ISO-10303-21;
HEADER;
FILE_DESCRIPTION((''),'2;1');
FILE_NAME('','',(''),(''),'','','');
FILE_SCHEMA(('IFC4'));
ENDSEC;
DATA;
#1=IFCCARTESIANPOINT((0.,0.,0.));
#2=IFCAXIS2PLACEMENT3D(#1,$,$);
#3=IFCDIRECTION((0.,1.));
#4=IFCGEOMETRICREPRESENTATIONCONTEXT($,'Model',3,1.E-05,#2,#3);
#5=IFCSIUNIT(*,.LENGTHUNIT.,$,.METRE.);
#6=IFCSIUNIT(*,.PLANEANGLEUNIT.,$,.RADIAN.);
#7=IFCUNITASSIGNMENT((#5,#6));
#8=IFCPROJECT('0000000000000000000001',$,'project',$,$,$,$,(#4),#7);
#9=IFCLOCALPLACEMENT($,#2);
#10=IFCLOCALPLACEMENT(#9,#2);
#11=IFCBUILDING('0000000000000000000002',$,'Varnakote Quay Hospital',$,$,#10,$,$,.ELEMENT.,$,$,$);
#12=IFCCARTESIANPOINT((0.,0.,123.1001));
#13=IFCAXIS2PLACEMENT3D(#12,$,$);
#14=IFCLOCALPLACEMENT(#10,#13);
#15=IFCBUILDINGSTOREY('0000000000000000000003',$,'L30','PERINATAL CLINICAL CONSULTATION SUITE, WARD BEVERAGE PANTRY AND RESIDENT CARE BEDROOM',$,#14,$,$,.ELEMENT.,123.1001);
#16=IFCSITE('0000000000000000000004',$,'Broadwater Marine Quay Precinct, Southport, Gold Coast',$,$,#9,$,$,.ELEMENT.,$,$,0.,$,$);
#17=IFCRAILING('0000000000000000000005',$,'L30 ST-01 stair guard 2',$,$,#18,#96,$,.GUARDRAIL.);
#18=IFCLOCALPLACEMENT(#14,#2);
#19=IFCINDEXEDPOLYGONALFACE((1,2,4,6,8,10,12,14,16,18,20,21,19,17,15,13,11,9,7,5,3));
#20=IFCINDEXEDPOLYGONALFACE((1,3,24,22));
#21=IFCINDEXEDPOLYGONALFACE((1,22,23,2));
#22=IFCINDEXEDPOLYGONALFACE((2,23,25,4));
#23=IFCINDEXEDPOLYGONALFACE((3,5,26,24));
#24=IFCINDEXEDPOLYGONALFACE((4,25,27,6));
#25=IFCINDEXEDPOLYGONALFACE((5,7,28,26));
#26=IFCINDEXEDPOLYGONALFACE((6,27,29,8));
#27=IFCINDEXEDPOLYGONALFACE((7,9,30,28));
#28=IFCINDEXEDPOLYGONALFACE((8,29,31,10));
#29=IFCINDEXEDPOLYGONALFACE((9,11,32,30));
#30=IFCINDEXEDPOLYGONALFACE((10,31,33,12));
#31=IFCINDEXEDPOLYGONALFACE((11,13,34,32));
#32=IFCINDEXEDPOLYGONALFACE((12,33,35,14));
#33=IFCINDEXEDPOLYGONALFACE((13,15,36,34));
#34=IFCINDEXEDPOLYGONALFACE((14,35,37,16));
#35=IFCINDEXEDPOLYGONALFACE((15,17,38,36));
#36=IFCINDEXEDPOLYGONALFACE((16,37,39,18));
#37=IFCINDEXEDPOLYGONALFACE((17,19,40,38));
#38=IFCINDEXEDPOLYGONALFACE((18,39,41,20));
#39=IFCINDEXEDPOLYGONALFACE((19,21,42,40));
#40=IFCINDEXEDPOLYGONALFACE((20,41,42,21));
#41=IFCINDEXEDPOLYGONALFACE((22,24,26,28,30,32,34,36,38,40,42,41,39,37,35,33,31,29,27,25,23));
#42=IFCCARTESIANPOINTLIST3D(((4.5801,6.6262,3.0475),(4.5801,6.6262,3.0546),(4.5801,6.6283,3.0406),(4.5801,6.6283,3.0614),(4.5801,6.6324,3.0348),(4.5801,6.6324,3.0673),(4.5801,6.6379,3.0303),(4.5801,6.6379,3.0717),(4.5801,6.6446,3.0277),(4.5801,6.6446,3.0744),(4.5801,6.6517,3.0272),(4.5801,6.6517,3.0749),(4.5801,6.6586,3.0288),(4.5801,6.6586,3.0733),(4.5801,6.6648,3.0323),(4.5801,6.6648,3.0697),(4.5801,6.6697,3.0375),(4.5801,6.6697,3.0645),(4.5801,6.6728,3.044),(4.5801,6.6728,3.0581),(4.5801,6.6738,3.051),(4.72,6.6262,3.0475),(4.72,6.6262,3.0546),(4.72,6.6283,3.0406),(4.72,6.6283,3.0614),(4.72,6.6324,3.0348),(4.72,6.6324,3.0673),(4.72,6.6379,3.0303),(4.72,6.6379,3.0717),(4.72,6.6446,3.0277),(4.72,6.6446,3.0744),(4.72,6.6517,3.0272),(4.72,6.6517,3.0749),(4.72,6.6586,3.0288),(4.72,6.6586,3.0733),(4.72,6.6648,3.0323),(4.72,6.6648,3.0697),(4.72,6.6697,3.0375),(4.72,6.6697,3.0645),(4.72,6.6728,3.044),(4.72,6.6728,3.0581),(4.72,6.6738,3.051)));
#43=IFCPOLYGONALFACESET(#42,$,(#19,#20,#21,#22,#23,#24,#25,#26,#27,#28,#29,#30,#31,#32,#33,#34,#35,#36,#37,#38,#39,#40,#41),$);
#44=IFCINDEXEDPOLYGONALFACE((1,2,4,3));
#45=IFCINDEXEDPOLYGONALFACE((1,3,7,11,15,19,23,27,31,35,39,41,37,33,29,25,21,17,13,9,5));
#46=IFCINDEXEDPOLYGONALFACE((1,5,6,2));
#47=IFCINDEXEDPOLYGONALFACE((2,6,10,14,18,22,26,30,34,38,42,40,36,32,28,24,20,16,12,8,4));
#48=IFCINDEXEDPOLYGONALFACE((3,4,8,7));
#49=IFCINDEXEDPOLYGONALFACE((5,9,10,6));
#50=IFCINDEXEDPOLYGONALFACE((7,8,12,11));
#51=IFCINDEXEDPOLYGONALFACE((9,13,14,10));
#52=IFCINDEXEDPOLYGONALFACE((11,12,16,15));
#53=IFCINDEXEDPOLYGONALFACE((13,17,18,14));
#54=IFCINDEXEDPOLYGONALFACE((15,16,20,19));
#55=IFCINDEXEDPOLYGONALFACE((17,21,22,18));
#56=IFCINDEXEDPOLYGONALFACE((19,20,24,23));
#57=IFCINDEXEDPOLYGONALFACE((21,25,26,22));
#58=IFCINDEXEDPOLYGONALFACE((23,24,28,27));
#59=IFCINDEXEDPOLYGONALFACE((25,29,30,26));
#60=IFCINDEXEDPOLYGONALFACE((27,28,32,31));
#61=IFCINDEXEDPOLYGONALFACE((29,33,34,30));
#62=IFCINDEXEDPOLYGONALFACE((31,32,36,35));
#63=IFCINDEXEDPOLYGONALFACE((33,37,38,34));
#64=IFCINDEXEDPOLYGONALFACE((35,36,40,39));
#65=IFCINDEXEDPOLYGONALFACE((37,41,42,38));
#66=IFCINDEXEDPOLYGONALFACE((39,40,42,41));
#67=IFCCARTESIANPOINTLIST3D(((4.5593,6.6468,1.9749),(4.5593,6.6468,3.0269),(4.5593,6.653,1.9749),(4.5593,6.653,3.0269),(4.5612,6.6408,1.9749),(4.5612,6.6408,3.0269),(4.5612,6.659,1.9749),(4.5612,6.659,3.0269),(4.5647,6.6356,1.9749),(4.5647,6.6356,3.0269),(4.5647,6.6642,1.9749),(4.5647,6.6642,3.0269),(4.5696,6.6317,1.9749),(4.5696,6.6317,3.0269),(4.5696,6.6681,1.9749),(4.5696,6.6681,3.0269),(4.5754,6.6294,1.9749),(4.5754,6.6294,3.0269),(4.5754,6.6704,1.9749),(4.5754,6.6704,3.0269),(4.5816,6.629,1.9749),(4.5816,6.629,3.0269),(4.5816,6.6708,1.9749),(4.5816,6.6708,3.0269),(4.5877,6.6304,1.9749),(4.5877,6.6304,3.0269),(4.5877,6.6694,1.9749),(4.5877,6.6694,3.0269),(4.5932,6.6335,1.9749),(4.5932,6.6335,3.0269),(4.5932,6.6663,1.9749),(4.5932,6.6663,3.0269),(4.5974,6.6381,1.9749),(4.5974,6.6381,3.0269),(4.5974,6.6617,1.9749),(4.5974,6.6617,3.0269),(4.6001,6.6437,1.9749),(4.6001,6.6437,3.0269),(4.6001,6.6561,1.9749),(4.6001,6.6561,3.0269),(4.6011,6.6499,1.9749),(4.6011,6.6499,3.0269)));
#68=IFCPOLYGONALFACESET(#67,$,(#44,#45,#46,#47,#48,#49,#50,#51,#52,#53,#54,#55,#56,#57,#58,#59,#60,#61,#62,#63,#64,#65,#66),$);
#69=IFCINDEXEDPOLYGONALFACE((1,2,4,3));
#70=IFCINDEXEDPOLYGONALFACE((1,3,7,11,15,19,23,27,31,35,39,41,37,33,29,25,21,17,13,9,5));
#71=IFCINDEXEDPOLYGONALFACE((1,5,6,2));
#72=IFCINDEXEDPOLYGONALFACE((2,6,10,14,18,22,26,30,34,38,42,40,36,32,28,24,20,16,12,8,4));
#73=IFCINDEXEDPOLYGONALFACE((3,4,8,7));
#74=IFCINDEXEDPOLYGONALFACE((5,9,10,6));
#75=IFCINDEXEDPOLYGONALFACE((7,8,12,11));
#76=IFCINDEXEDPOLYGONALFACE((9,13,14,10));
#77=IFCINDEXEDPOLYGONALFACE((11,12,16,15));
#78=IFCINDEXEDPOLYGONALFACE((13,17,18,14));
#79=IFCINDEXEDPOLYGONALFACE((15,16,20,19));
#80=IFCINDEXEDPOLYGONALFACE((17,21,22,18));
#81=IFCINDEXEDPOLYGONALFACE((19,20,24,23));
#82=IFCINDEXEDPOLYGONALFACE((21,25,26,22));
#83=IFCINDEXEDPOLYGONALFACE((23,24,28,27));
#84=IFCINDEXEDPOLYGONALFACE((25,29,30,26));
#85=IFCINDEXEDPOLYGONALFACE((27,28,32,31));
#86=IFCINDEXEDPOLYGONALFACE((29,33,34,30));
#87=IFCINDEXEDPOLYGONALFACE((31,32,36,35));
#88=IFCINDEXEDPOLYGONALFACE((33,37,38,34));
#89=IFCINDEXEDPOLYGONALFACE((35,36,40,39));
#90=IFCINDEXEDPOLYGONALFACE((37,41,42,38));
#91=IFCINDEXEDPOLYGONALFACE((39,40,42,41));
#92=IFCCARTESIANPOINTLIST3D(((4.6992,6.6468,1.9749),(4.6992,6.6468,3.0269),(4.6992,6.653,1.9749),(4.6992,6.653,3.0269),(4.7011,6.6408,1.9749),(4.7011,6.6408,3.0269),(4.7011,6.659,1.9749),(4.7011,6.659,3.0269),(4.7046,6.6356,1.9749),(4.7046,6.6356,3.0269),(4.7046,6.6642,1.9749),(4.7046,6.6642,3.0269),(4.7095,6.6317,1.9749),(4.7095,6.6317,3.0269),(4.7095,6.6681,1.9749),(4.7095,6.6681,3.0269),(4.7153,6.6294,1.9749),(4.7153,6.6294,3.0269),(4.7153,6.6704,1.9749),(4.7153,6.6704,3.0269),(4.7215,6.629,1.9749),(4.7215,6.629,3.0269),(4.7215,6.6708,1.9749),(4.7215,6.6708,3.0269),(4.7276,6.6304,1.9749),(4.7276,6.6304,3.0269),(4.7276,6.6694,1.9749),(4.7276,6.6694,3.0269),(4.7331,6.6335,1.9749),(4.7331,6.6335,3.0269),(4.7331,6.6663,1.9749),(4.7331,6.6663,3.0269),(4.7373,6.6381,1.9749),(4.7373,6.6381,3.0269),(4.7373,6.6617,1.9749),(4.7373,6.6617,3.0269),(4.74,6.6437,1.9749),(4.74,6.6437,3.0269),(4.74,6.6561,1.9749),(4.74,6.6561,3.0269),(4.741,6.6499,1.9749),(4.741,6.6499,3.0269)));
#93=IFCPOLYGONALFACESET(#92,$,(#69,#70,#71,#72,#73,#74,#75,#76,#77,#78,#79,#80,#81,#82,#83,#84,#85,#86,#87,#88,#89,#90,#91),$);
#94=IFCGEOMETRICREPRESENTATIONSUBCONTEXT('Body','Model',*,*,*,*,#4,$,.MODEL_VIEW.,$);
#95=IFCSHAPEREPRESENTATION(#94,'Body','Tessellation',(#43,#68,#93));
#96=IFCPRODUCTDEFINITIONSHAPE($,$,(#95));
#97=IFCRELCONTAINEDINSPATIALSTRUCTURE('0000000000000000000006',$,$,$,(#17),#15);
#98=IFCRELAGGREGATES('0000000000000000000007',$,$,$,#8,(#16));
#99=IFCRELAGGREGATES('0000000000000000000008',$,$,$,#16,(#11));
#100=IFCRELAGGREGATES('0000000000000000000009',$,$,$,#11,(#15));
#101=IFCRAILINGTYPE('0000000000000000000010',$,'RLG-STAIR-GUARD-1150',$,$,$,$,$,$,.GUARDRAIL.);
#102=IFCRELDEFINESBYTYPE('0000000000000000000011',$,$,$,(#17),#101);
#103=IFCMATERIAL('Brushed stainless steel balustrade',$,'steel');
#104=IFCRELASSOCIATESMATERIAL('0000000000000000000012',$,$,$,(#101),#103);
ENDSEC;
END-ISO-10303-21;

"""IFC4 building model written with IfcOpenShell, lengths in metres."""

from ifc_helpers import new_model, si_unit, direction, frame, origin, origin_2d, place, context, subcontext, project, spatial, circle, extrude, material, type_object, element, save


model = new_model("IFC4")

# Units and contexts
model_context = context("Model", 3, precision=1e-05, world=origin(), true_north=direction((0.0, 1.0)))
body_context = subcontext(model_context, "Body", "Model", "MODEL_VIEW")
ifc_project = project(units=[si_unit("LENGTHUNIT", "METRE"), si_unit("PLANEANGLEUNIT", "RADIAN")], contexts=[model_context])

# Site, building, storey
site_placement = place(None, origin())
site = spatial("IfcSite", under=ifc_project, at=site_placement, Name="Broadwater Marine Quay Precinct, Southport, Gold Coast", CompositionType="ELEMENT", RefElevation=0.0)
building_placement = place(site_placement, origin())
building = spatial("IfcBuilding", under=site, at=building_placement, Name="Varnakote Quay Hospital", CompositionType="ELEMENT")
storey_placement = place(building_placement, frame((0.0, 0.0, 123.1001)))
storey = spatial("IfcBuildingStorey", under=building, at=storey_placement, Name="L30", Description="PERINATAL CLINICAL CONSULTATION SUITE, WARD BEVERAGE PANTRY AND RESIDENT CARE BEDROOM", CompositionType="ELEMENT", Elevation=123.1001)

# Railing
ifc_material_1 = material(Name="Brushed stainless steel balustrade", Category="steel")
railing_type_1 = type_object("IfcRailingType", Name="RLG-STAIR-GUARD-1150", PredefinedType="GUARDRAIL", material=ifc_material_1)
railing_1_placement = place(storey_placement, frame((4.5801, 6.6499, 1.9749)))
element("IfcRailing", 1, at=railing_1_placement, inside=storey, type_object=railing_type_1, Name="L30 ST-01 stair guard 2", PredefinedType="GUARDRAIL", context=body_context, shape_type="SweptSolid", body=[
    extrude(circle(Radius=0.0239, at=origin_2d()), frame((0.0, 0.0, 1.0762), z_axis=(1.0, 0.0, 0.0), x_axis=(0.0, 1.0, 0.0)), (0.0, 0.0, 1.0), 0.1399),
    extrude(circle(Radius=0.021, at=origin_2d()), origin(), (0.0, 0.0, 1.0), 1.052),
    extrude(circle(Radius=0.021, at=origin_2d()), frame((0.1399, 0.0, 0.0)), (0.0, 0.0, 1.0), 1.052),
])

save(model, "model.ifc")
